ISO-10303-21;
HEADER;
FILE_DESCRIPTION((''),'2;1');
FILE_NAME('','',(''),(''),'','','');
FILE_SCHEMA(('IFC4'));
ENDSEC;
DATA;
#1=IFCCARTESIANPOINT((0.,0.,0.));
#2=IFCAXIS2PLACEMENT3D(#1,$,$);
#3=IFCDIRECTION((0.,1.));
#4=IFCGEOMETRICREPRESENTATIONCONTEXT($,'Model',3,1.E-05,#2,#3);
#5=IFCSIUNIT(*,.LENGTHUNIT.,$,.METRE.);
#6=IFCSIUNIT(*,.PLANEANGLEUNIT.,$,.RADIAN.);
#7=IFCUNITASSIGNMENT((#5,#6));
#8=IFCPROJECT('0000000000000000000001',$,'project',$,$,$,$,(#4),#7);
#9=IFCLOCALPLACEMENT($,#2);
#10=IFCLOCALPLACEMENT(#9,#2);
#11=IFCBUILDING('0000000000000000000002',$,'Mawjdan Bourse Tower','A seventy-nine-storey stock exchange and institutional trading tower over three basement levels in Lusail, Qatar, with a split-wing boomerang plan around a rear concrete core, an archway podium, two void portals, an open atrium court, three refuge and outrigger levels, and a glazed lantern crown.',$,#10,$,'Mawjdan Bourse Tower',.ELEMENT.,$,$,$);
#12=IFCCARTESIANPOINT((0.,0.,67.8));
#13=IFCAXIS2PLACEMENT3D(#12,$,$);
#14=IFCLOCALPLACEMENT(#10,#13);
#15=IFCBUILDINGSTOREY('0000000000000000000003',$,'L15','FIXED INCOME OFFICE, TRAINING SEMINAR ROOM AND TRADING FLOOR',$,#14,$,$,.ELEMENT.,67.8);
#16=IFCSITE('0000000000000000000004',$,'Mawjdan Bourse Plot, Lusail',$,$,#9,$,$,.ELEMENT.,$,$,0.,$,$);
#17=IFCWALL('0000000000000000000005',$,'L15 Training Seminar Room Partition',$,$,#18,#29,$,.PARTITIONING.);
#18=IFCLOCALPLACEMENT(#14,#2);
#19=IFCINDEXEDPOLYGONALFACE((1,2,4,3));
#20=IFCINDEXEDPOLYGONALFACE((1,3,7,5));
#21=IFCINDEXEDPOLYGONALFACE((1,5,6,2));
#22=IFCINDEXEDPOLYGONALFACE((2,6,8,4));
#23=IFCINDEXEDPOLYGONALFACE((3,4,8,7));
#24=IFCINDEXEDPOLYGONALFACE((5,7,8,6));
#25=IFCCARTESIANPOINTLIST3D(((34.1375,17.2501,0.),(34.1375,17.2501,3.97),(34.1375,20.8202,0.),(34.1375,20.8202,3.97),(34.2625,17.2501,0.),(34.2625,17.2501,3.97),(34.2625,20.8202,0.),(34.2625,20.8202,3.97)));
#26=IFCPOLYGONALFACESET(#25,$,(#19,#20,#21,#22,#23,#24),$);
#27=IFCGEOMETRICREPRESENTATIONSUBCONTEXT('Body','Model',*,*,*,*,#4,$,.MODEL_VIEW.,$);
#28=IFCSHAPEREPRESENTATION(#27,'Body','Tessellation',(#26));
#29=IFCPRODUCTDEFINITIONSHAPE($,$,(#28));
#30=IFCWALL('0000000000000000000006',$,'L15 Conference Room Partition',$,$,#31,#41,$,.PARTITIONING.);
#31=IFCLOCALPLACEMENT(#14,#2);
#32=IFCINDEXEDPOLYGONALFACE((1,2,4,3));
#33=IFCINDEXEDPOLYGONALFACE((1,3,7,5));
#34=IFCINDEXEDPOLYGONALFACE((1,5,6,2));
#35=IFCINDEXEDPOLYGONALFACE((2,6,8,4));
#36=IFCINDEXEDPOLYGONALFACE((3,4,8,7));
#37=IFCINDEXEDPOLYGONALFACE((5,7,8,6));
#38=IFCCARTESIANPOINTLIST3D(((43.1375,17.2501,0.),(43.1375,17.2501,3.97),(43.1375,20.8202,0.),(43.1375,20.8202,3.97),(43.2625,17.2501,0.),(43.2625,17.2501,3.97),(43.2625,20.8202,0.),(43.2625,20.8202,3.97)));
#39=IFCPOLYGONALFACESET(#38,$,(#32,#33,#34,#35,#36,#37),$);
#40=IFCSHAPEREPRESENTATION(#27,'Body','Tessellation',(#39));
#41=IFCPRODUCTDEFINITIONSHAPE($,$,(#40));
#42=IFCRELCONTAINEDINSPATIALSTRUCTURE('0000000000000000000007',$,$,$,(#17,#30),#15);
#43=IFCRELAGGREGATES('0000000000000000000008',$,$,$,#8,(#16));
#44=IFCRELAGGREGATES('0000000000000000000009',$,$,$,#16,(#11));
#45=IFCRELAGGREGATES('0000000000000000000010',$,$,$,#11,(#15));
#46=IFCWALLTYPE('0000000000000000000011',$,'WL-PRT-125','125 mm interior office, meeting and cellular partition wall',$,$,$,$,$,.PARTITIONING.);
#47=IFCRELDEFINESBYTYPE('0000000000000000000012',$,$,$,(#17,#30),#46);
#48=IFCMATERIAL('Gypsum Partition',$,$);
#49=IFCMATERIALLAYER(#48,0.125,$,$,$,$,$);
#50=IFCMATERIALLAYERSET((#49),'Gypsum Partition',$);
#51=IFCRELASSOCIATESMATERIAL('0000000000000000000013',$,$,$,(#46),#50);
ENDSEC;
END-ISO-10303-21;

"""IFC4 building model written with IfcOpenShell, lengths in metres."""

from ifc_helpers import new_model, si_unit, direction, frame, frame_2d, origin, place, context, subcontext, project, spatial, rectangle, extrude, material, layer, layer_set, type_object, element, save


model = new_model("IFC4")

# Units and contexts
model_context = context("Model", 3, precision=1e-05, world=origin(), true_north=direction((0.0, 1.0)))
body_context = subcontext(model_context, "Body", "Model", "MODEL_VIEW")
ifc_project = project(units=[si_unit("LENGTHUNIT", "METRE"), si_unit("PLANEANGLEUNIT", "RADIAN")], contexts=[model_context])

# Site, building, storey
site_placement = place(None, origin())
site = spatial("IfcSite", under=ifc_project, at=site_placement, Name="Mawjdan Bourse Plot, Lusail", CompositionType="ELEMENT", RefElevation=0.0)
building_placement = place(site_placement, origin())
building = spatial("IfcBuilding", under=site, at=building_placement, Name="Mawjdan Bourse Tower", Description="A seventy-nine-storey stock exchange and institutional trading tower over three basement levels in Lusail, Qatar, with a split-wing boomerang plan around a rear concrete core, an archway podium, two void portals, an open atrium court, three refuge and outrigger levels, and a glazed lantern crown.", LongName="Mawjdan Bourse Tower", CompositionType="ELEMENT")
storey_placement = place(building_placement, frame((0.0, 0.0, 67.8)))
storey = spatial("IfcBuildingStorey", under=building, at=storey_placement, Name="L15", Description="FIXED INCOME OFFICE, TRAINING SEMINAR ROOM AND TRADING FLOOR", CompositionType="ELEMENT", Elevation=67.8)

# Walls
ifc_material_1 = material(Name="Gypsum Partition")
ifc_layer_1 = layer(ifc_material_1, 0.125)
ifc_layer_set_1 = layer_set([ifc_layer_1], Name="Gypsum Partition")
wall_type_1 = type_object("IfcWallType", Name="WL-PRT-125", Description="125 mm interior office, meeting and cellular partition wall", PredefinedType="PARTITIONING", material=ifc_layer_set_1)
for number, where, z_axis, x_axis, name in (
    (1, (34.2, 17.25, 0.0), (0.0, 0.0, 1.0), (0.0, 1.0, 0.0), "L15 Training Seminar Room Partition"),
    (2, (43.2, 17.25, 0.0), (0.0, 0.0, 1.0), (0.0, 1.0, 0.0), "L15 Conference Room Partition"),
):
    element("IfcWall", number, at=place(storey_placement, frame(where, z_axis=z_axis, x_axis=x_axis)), inside=storey, type_object=wall_type_1, Name=name, PredefinedType="PARTITIONING", context=body_context, shape_type="SweptSolid", body=[
        extrude(rectangle(XDim=3.5701, YDim=0.125, at=frame_2d((1.7852, 0.0))), origin(), (0.0, 0.0, 1.0), 3.97),
    ])

save(model, "model.ifc")
